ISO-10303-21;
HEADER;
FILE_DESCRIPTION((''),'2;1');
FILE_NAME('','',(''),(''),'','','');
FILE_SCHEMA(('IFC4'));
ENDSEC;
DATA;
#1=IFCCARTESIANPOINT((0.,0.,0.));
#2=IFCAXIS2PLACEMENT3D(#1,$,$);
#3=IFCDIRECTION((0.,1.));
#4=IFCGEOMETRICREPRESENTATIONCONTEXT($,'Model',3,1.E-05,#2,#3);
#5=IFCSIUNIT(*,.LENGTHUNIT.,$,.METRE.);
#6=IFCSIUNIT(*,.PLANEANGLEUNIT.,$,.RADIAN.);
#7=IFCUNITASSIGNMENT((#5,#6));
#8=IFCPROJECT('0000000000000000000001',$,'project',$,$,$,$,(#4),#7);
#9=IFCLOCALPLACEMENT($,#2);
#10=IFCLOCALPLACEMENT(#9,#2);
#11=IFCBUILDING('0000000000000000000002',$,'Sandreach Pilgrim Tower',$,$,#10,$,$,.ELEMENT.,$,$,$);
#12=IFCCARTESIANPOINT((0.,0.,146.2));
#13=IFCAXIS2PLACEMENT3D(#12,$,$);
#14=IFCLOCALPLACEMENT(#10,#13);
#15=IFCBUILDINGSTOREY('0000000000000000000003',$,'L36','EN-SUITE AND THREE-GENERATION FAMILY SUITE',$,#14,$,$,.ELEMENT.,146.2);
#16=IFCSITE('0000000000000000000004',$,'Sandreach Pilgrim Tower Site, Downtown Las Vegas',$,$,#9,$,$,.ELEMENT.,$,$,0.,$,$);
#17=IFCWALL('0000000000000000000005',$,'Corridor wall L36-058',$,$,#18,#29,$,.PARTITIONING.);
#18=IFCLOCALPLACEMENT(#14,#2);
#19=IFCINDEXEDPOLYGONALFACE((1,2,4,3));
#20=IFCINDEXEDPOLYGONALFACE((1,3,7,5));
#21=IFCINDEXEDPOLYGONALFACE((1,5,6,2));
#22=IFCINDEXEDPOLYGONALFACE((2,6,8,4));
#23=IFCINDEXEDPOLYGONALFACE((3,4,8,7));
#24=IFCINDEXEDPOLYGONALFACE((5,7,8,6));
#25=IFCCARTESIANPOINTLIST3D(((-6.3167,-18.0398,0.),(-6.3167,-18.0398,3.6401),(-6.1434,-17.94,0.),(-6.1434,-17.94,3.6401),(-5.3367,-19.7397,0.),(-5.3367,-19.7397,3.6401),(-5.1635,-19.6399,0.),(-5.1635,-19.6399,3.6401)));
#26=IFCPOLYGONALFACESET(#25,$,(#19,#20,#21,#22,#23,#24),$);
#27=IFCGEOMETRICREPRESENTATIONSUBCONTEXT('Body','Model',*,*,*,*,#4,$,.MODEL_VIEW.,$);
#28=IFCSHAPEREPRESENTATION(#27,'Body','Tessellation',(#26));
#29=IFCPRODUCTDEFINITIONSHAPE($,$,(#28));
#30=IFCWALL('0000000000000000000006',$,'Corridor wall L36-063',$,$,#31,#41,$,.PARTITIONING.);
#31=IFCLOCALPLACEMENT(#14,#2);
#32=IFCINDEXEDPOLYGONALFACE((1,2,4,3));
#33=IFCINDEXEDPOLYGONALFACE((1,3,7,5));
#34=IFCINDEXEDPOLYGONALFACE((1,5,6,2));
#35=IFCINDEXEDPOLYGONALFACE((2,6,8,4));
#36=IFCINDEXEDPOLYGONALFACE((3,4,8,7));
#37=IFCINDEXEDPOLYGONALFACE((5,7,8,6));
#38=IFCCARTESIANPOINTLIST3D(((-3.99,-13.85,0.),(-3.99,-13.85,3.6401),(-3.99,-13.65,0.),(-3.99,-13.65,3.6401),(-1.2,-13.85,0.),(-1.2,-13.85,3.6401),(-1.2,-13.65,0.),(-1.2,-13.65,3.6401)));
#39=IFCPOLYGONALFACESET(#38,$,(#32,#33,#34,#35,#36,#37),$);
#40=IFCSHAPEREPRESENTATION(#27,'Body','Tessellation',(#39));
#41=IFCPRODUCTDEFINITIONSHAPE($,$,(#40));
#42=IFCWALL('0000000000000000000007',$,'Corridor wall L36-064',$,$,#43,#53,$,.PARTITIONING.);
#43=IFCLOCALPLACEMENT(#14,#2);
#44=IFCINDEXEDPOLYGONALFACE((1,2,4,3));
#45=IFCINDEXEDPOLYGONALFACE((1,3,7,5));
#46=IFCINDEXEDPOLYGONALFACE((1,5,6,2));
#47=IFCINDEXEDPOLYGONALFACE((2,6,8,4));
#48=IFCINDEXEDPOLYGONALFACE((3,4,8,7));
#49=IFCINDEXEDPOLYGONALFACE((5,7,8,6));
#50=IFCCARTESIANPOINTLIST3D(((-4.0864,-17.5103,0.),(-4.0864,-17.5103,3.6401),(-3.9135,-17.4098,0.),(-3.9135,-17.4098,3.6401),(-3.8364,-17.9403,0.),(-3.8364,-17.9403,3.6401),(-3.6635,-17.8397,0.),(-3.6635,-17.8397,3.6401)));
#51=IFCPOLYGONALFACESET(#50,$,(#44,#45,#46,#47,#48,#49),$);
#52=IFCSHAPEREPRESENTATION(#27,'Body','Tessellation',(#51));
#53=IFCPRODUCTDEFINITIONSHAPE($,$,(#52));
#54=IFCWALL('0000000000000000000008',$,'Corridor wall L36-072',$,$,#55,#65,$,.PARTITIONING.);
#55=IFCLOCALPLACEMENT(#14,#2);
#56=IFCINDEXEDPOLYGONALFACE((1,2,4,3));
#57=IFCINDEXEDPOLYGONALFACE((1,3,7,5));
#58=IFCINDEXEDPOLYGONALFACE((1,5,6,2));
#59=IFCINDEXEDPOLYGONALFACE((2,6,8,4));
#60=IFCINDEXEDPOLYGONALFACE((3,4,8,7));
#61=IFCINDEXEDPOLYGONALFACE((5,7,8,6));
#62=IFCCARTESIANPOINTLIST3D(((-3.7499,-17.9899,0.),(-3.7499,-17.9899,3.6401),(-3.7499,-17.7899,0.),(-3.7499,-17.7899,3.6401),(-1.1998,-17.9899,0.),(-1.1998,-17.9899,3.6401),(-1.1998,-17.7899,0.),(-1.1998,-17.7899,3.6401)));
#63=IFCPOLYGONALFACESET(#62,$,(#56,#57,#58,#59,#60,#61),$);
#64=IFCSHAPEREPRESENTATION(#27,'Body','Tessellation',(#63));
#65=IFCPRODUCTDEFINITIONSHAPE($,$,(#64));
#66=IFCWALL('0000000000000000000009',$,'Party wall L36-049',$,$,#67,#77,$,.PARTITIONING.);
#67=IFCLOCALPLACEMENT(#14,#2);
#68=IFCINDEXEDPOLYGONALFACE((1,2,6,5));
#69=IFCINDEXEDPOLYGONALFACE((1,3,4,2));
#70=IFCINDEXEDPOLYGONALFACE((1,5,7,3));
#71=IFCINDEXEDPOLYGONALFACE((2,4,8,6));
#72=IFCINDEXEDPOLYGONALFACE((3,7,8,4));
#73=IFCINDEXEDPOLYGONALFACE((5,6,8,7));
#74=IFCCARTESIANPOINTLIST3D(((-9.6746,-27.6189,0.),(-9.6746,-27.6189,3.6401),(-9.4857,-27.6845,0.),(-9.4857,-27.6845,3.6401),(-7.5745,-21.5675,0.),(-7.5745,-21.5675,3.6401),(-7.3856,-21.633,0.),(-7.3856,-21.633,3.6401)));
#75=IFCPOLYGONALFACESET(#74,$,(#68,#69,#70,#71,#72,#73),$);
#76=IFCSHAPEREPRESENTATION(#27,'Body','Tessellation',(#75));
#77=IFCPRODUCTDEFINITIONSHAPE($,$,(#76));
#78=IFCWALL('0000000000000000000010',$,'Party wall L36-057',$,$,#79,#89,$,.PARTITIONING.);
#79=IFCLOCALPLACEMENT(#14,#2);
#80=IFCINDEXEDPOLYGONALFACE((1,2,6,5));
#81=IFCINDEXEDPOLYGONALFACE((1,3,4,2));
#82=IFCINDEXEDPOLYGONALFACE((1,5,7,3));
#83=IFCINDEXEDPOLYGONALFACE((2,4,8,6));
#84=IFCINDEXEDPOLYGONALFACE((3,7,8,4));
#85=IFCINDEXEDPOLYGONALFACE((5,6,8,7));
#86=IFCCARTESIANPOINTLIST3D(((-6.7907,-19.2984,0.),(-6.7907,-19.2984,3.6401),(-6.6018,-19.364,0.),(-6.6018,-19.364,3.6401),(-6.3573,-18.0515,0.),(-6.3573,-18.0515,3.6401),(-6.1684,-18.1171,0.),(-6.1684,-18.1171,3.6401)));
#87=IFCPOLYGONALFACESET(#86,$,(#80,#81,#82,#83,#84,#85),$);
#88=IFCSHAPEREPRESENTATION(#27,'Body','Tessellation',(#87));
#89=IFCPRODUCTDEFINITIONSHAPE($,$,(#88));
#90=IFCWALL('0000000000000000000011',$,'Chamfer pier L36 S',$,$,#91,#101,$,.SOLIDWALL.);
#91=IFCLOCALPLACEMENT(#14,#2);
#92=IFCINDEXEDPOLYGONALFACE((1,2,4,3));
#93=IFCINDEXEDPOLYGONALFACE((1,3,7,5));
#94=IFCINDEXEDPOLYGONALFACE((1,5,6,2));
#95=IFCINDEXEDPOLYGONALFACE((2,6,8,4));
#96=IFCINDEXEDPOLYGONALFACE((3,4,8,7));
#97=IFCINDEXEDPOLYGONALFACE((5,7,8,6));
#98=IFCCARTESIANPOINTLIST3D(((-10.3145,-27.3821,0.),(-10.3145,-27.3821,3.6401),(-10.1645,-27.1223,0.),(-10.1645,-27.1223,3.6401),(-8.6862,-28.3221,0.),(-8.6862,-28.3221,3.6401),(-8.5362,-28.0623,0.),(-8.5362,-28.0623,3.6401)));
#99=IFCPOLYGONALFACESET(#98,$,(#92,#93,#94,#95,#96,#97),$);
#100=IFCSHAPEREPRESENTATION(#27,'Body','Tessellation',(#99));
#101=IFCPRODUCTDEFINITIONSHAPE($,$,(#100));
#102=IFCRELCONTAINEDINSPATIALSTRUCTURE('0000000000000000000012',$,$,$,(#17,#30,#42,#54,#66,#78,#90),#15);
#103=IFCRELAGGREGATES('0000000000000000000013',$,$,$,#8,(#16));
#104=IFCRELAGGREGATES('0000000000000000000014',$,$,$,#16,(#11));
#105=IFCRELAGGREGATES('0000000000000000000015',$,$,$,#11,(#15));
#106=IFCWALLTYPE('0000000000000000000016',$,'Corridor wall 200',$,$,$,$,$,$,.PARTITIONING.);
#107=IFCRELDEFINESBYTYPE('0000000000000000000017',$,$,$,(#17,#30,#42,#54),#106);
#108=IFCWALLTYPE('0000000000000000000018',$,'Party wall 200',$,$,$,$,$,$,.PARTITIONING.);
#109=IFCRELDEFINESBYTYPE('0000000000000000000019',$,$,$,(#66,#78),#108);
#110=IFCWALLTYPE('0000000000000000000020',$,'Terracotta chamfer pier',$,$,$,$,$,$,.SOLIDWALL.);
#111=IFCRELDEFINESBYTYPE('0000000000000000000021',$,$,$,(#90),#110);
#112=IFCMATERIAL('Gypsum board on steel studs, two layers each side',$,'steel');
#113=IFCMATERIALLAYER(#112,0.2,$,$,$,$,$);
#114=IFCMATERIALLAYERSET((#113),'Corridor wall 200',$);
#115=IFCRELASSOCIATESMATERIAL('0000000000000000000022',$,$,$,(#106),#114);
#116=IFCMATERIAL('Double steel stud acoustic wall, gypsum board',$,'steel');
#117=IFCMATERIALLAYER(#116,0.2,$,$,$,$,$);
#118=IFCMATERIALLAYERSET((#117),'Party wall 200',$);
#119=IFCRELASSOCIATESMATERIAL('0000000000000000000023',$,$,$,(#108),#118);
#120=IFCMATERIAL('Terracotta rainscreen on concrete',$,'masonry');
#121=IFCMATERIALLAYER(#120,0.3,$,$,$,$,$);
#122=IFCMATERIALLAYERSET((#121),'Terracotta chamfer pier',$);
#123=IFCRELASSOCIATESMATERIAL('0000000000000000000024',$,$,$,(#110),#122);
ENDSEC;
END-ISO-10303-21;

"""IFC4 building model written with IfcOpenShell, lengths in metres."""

from ifc_helpers import new_model, si_unit, direction, frame, frame_2d, origin, place, context, subcontext, project, spatial, rectangle, extrude, material, layer, layer_set, type_object, element, save


model = new_model("IFC4")

# Units and contexts
model_context = context("Model", 3, precision=1e-05, world=origin(), true_north=direction((0.0, 1.0)))
body_context = subcontext(model_context, "Body", "Model", "MODEL_VIEW")
ifc_project = project(units=[si_unit("LENGTHUNIT", "METRE"), si_unit("PLANEANGLEUNIT", "RADIAN")], contexts=[model_context])

# Site, building, storey
site_placement = place(None, origin())
site = spatial("IfcSite", under=ifc_project, at=site_placement, Name="Sandreach Pilgrim Tower Site, Downtown Las Vegas", CompositionType="ELEMENT", RefElevation=0.0)
building_placement = place(site_placement, origin())
building = spatial("IfcBuilding", under=site, at=building_placement, Name="Sandreach Pilgrim Tower", CompositionType="ELEMENT")
storey_placement = place(building_placement, frame((0.0, 0.0, 146.2)))
storey = spatial("IfcBuildingStorey", under=building, at=storey_placement, Name="L36", Description="EN-SUITE AND THREE-GENERATION FAMILY SUITE", CompositionType="ELEMENT", Elevation=146.2)

# Shared definitions
ifc_material_1 = material(Name="Gypsum board on steel studs, two layers each side", Category="steel")
ifc_layer_1 = layer(ifc_material_1, 0.2)
ifc_layer_set_1 = layer_set([ifc_layer_1], Name="Corridor wall 200")
wall_type_1 = type_object("IfcWallType", Name="Corridor wall 200", PredefinedType="PARTITIONING", material=ifc_layer_set_1)

# Wall
wall_1_placement = place(storey_placement, frame((-6.23, -17.99, 0.0), z_axis=(0.0, 0.0, 1.0), x_axis=(0.499432, -0.866353, 0.0)))
element("IfcWall", 1, at=wall_1_placement, inside=storey, type_object=wall_type_1, Name="Corridor wall L36-058", PredefinedType="PARTITIONING", context=body_context, shape_type="SweptSolid", body=[
    extrude(rectangle(XDim=1.9622, YDim=0.2, at=frame_2d((0.981, 0.0))), origin(), (0.0, 0.0, 1.0), 3.6401),
])

# Walls
wall_2_placement = place(storey_placement, frame((-3.99, -13.75, 0.0), z_axis=(0.0, 0.0, 1.0), x_axis=(1.0, 0.0, 0.0)))
element("IfcWall", 2, at=wall_2_placement, inside=storey, type_object=wall_type_1, Name="Corridor wall L36-063", PredefinedType="PARTITIONING", context=body_context, shape_type="SweptSolid", body=[
    extrude(rectangle(XDim=2.79, YDim=0.2, at=frame_2d((1.395, 0.0))), origin(), (0.0, 0.0, 1.0), 3.6401),
])
wall_3_placement = place(storey_placement, frame((-3.75, -17.8899, 0.0), z_axis=(0.0, 0.0, 1.0), x_axis=(-0.50268, 0.864472, 0.0)))
element("IfcWall", 3, at=wall_3_placement, inside=storey, type_object=wall_type_1, Name="Corridor wall L36-064", PredefinedType="PARTITIONING", context=body_context, shape_type="SweptSolid", body=[
    extrude(rectangle(XDim=0.4973, YDim=0.2, at=frame_2d((0.2485, 0.0))), origin(), (0.0, 0.0, 1.0), 3.6401),
])
wall_4_placement = place(storey_placement, frame((-1.2, -17.8899, 0.0), z_axis=(0.0, 0.0, 1.0), x_axis=(-1.0, 0.0, 0.0)))
element("IfcWall", 4, at=wall_4_placement, inside=storey, type_object=wall_type_1, Name="Corridor wall L36-072", PredefinedType="PARTITIONING", context=body_context, shape_type="SweptSolid", body=[
    extrude(rectangle(XDim=2.55, YDim=0.2, at=frame_2d((1.2749, 0.0))), origin(), (0.0, 0.0, 1.0), 3.6401),
])
ifc_material_2 = material(Name="Double steel stud acoustic wall, gypsum board", Category="steel")
ifc_layer_2 = layer(ifc_material_2, 0.2)
ifc_layer_set_2 = layer_set([ifc_layer_2], Name="Party wall 200")
wall_type_2 = type_object("IfcWallType", Name="Party wall 200", PredefinedType="PARTITIONING", material=ifc_layer_set_2)
wall_5_placement = place(storey_placement, frame((-9.5801, -27.6516, 0.0), z_axis=(0.0, 0.0, 1.0), x_axis=(0.327855, 0.944728, 0.0)))
element("IfcWall", 5, at=wall_5_placement, inside=storey, type_object=wall_type_2, Name="Party wall L36-049", PredefinedType="PARTITIONING", context=body_context, shape_type="SweptSolid", body=[
    extrude(rectangle(XDim=6.4055, YDim=0.2, at=frame_2d((3.2026, 0.0))), origin(), (0.0, 0.0, 1.0), 3.6401),
])
wall_6_placement = place(storey_placement, frame((-6.6963, -19.3313, 0.0), z_axis=(0.0, 0.0, 1.0), x_axis=(0.328298, 0.944574, 0.0)))
element("IfcWall", 6, at=wall_6_placement, inside=storey, type_object=wall_type_2, Name="Party wall L36-057", PredefinedType="PARTITIONING", context=body_context, shape_type="SweptSolid", body=[
    extrude(rectangle(XDim=1.3201, YDim=0.2, at=frame_2d((0.6602, 0.0))), origin(), (0.0, 0.0, 1.0), 3.6401),
])
ifc_material_3 = material(Name="Terracotta rainscreen on concrete", Category="masonry")
ifc_layer_3 = layer(ifc_material_3, 0.3)
ifc_layer_set_3 = layer_set([ifc_layer_3], Name="Terracotta chamfer pier")
wall_type_3 = type_object("IfcWallType", Name="Terracotta chamfer pier", PredefinedType="SOLIDWALL", material=ifc_layer_set_3)
wall_7_placement = place(storey_placement, frame((-8.6113, -28.1921, 0.0), z_axis=(0.0, 0.0, 1.0), x_axis=(-0.866045, 0.499966, 0.0)))
element("IfcWall", 7, at=wall_7_placement, inside=storey, type_object=wall_type_3, Name="Chamfer pier L36 S", PredefinedType="SOLIDWALL", context=body_context, shape_type="SweptSolid", body=[
    extrude(rectangle(XDim=1.8801, YDim=0.3, at=frame_2d((0.9399, 0.0))), origin(), (0.0, 0.0, 1.0), 3.6401),
])

save(model, "model.ifc")
